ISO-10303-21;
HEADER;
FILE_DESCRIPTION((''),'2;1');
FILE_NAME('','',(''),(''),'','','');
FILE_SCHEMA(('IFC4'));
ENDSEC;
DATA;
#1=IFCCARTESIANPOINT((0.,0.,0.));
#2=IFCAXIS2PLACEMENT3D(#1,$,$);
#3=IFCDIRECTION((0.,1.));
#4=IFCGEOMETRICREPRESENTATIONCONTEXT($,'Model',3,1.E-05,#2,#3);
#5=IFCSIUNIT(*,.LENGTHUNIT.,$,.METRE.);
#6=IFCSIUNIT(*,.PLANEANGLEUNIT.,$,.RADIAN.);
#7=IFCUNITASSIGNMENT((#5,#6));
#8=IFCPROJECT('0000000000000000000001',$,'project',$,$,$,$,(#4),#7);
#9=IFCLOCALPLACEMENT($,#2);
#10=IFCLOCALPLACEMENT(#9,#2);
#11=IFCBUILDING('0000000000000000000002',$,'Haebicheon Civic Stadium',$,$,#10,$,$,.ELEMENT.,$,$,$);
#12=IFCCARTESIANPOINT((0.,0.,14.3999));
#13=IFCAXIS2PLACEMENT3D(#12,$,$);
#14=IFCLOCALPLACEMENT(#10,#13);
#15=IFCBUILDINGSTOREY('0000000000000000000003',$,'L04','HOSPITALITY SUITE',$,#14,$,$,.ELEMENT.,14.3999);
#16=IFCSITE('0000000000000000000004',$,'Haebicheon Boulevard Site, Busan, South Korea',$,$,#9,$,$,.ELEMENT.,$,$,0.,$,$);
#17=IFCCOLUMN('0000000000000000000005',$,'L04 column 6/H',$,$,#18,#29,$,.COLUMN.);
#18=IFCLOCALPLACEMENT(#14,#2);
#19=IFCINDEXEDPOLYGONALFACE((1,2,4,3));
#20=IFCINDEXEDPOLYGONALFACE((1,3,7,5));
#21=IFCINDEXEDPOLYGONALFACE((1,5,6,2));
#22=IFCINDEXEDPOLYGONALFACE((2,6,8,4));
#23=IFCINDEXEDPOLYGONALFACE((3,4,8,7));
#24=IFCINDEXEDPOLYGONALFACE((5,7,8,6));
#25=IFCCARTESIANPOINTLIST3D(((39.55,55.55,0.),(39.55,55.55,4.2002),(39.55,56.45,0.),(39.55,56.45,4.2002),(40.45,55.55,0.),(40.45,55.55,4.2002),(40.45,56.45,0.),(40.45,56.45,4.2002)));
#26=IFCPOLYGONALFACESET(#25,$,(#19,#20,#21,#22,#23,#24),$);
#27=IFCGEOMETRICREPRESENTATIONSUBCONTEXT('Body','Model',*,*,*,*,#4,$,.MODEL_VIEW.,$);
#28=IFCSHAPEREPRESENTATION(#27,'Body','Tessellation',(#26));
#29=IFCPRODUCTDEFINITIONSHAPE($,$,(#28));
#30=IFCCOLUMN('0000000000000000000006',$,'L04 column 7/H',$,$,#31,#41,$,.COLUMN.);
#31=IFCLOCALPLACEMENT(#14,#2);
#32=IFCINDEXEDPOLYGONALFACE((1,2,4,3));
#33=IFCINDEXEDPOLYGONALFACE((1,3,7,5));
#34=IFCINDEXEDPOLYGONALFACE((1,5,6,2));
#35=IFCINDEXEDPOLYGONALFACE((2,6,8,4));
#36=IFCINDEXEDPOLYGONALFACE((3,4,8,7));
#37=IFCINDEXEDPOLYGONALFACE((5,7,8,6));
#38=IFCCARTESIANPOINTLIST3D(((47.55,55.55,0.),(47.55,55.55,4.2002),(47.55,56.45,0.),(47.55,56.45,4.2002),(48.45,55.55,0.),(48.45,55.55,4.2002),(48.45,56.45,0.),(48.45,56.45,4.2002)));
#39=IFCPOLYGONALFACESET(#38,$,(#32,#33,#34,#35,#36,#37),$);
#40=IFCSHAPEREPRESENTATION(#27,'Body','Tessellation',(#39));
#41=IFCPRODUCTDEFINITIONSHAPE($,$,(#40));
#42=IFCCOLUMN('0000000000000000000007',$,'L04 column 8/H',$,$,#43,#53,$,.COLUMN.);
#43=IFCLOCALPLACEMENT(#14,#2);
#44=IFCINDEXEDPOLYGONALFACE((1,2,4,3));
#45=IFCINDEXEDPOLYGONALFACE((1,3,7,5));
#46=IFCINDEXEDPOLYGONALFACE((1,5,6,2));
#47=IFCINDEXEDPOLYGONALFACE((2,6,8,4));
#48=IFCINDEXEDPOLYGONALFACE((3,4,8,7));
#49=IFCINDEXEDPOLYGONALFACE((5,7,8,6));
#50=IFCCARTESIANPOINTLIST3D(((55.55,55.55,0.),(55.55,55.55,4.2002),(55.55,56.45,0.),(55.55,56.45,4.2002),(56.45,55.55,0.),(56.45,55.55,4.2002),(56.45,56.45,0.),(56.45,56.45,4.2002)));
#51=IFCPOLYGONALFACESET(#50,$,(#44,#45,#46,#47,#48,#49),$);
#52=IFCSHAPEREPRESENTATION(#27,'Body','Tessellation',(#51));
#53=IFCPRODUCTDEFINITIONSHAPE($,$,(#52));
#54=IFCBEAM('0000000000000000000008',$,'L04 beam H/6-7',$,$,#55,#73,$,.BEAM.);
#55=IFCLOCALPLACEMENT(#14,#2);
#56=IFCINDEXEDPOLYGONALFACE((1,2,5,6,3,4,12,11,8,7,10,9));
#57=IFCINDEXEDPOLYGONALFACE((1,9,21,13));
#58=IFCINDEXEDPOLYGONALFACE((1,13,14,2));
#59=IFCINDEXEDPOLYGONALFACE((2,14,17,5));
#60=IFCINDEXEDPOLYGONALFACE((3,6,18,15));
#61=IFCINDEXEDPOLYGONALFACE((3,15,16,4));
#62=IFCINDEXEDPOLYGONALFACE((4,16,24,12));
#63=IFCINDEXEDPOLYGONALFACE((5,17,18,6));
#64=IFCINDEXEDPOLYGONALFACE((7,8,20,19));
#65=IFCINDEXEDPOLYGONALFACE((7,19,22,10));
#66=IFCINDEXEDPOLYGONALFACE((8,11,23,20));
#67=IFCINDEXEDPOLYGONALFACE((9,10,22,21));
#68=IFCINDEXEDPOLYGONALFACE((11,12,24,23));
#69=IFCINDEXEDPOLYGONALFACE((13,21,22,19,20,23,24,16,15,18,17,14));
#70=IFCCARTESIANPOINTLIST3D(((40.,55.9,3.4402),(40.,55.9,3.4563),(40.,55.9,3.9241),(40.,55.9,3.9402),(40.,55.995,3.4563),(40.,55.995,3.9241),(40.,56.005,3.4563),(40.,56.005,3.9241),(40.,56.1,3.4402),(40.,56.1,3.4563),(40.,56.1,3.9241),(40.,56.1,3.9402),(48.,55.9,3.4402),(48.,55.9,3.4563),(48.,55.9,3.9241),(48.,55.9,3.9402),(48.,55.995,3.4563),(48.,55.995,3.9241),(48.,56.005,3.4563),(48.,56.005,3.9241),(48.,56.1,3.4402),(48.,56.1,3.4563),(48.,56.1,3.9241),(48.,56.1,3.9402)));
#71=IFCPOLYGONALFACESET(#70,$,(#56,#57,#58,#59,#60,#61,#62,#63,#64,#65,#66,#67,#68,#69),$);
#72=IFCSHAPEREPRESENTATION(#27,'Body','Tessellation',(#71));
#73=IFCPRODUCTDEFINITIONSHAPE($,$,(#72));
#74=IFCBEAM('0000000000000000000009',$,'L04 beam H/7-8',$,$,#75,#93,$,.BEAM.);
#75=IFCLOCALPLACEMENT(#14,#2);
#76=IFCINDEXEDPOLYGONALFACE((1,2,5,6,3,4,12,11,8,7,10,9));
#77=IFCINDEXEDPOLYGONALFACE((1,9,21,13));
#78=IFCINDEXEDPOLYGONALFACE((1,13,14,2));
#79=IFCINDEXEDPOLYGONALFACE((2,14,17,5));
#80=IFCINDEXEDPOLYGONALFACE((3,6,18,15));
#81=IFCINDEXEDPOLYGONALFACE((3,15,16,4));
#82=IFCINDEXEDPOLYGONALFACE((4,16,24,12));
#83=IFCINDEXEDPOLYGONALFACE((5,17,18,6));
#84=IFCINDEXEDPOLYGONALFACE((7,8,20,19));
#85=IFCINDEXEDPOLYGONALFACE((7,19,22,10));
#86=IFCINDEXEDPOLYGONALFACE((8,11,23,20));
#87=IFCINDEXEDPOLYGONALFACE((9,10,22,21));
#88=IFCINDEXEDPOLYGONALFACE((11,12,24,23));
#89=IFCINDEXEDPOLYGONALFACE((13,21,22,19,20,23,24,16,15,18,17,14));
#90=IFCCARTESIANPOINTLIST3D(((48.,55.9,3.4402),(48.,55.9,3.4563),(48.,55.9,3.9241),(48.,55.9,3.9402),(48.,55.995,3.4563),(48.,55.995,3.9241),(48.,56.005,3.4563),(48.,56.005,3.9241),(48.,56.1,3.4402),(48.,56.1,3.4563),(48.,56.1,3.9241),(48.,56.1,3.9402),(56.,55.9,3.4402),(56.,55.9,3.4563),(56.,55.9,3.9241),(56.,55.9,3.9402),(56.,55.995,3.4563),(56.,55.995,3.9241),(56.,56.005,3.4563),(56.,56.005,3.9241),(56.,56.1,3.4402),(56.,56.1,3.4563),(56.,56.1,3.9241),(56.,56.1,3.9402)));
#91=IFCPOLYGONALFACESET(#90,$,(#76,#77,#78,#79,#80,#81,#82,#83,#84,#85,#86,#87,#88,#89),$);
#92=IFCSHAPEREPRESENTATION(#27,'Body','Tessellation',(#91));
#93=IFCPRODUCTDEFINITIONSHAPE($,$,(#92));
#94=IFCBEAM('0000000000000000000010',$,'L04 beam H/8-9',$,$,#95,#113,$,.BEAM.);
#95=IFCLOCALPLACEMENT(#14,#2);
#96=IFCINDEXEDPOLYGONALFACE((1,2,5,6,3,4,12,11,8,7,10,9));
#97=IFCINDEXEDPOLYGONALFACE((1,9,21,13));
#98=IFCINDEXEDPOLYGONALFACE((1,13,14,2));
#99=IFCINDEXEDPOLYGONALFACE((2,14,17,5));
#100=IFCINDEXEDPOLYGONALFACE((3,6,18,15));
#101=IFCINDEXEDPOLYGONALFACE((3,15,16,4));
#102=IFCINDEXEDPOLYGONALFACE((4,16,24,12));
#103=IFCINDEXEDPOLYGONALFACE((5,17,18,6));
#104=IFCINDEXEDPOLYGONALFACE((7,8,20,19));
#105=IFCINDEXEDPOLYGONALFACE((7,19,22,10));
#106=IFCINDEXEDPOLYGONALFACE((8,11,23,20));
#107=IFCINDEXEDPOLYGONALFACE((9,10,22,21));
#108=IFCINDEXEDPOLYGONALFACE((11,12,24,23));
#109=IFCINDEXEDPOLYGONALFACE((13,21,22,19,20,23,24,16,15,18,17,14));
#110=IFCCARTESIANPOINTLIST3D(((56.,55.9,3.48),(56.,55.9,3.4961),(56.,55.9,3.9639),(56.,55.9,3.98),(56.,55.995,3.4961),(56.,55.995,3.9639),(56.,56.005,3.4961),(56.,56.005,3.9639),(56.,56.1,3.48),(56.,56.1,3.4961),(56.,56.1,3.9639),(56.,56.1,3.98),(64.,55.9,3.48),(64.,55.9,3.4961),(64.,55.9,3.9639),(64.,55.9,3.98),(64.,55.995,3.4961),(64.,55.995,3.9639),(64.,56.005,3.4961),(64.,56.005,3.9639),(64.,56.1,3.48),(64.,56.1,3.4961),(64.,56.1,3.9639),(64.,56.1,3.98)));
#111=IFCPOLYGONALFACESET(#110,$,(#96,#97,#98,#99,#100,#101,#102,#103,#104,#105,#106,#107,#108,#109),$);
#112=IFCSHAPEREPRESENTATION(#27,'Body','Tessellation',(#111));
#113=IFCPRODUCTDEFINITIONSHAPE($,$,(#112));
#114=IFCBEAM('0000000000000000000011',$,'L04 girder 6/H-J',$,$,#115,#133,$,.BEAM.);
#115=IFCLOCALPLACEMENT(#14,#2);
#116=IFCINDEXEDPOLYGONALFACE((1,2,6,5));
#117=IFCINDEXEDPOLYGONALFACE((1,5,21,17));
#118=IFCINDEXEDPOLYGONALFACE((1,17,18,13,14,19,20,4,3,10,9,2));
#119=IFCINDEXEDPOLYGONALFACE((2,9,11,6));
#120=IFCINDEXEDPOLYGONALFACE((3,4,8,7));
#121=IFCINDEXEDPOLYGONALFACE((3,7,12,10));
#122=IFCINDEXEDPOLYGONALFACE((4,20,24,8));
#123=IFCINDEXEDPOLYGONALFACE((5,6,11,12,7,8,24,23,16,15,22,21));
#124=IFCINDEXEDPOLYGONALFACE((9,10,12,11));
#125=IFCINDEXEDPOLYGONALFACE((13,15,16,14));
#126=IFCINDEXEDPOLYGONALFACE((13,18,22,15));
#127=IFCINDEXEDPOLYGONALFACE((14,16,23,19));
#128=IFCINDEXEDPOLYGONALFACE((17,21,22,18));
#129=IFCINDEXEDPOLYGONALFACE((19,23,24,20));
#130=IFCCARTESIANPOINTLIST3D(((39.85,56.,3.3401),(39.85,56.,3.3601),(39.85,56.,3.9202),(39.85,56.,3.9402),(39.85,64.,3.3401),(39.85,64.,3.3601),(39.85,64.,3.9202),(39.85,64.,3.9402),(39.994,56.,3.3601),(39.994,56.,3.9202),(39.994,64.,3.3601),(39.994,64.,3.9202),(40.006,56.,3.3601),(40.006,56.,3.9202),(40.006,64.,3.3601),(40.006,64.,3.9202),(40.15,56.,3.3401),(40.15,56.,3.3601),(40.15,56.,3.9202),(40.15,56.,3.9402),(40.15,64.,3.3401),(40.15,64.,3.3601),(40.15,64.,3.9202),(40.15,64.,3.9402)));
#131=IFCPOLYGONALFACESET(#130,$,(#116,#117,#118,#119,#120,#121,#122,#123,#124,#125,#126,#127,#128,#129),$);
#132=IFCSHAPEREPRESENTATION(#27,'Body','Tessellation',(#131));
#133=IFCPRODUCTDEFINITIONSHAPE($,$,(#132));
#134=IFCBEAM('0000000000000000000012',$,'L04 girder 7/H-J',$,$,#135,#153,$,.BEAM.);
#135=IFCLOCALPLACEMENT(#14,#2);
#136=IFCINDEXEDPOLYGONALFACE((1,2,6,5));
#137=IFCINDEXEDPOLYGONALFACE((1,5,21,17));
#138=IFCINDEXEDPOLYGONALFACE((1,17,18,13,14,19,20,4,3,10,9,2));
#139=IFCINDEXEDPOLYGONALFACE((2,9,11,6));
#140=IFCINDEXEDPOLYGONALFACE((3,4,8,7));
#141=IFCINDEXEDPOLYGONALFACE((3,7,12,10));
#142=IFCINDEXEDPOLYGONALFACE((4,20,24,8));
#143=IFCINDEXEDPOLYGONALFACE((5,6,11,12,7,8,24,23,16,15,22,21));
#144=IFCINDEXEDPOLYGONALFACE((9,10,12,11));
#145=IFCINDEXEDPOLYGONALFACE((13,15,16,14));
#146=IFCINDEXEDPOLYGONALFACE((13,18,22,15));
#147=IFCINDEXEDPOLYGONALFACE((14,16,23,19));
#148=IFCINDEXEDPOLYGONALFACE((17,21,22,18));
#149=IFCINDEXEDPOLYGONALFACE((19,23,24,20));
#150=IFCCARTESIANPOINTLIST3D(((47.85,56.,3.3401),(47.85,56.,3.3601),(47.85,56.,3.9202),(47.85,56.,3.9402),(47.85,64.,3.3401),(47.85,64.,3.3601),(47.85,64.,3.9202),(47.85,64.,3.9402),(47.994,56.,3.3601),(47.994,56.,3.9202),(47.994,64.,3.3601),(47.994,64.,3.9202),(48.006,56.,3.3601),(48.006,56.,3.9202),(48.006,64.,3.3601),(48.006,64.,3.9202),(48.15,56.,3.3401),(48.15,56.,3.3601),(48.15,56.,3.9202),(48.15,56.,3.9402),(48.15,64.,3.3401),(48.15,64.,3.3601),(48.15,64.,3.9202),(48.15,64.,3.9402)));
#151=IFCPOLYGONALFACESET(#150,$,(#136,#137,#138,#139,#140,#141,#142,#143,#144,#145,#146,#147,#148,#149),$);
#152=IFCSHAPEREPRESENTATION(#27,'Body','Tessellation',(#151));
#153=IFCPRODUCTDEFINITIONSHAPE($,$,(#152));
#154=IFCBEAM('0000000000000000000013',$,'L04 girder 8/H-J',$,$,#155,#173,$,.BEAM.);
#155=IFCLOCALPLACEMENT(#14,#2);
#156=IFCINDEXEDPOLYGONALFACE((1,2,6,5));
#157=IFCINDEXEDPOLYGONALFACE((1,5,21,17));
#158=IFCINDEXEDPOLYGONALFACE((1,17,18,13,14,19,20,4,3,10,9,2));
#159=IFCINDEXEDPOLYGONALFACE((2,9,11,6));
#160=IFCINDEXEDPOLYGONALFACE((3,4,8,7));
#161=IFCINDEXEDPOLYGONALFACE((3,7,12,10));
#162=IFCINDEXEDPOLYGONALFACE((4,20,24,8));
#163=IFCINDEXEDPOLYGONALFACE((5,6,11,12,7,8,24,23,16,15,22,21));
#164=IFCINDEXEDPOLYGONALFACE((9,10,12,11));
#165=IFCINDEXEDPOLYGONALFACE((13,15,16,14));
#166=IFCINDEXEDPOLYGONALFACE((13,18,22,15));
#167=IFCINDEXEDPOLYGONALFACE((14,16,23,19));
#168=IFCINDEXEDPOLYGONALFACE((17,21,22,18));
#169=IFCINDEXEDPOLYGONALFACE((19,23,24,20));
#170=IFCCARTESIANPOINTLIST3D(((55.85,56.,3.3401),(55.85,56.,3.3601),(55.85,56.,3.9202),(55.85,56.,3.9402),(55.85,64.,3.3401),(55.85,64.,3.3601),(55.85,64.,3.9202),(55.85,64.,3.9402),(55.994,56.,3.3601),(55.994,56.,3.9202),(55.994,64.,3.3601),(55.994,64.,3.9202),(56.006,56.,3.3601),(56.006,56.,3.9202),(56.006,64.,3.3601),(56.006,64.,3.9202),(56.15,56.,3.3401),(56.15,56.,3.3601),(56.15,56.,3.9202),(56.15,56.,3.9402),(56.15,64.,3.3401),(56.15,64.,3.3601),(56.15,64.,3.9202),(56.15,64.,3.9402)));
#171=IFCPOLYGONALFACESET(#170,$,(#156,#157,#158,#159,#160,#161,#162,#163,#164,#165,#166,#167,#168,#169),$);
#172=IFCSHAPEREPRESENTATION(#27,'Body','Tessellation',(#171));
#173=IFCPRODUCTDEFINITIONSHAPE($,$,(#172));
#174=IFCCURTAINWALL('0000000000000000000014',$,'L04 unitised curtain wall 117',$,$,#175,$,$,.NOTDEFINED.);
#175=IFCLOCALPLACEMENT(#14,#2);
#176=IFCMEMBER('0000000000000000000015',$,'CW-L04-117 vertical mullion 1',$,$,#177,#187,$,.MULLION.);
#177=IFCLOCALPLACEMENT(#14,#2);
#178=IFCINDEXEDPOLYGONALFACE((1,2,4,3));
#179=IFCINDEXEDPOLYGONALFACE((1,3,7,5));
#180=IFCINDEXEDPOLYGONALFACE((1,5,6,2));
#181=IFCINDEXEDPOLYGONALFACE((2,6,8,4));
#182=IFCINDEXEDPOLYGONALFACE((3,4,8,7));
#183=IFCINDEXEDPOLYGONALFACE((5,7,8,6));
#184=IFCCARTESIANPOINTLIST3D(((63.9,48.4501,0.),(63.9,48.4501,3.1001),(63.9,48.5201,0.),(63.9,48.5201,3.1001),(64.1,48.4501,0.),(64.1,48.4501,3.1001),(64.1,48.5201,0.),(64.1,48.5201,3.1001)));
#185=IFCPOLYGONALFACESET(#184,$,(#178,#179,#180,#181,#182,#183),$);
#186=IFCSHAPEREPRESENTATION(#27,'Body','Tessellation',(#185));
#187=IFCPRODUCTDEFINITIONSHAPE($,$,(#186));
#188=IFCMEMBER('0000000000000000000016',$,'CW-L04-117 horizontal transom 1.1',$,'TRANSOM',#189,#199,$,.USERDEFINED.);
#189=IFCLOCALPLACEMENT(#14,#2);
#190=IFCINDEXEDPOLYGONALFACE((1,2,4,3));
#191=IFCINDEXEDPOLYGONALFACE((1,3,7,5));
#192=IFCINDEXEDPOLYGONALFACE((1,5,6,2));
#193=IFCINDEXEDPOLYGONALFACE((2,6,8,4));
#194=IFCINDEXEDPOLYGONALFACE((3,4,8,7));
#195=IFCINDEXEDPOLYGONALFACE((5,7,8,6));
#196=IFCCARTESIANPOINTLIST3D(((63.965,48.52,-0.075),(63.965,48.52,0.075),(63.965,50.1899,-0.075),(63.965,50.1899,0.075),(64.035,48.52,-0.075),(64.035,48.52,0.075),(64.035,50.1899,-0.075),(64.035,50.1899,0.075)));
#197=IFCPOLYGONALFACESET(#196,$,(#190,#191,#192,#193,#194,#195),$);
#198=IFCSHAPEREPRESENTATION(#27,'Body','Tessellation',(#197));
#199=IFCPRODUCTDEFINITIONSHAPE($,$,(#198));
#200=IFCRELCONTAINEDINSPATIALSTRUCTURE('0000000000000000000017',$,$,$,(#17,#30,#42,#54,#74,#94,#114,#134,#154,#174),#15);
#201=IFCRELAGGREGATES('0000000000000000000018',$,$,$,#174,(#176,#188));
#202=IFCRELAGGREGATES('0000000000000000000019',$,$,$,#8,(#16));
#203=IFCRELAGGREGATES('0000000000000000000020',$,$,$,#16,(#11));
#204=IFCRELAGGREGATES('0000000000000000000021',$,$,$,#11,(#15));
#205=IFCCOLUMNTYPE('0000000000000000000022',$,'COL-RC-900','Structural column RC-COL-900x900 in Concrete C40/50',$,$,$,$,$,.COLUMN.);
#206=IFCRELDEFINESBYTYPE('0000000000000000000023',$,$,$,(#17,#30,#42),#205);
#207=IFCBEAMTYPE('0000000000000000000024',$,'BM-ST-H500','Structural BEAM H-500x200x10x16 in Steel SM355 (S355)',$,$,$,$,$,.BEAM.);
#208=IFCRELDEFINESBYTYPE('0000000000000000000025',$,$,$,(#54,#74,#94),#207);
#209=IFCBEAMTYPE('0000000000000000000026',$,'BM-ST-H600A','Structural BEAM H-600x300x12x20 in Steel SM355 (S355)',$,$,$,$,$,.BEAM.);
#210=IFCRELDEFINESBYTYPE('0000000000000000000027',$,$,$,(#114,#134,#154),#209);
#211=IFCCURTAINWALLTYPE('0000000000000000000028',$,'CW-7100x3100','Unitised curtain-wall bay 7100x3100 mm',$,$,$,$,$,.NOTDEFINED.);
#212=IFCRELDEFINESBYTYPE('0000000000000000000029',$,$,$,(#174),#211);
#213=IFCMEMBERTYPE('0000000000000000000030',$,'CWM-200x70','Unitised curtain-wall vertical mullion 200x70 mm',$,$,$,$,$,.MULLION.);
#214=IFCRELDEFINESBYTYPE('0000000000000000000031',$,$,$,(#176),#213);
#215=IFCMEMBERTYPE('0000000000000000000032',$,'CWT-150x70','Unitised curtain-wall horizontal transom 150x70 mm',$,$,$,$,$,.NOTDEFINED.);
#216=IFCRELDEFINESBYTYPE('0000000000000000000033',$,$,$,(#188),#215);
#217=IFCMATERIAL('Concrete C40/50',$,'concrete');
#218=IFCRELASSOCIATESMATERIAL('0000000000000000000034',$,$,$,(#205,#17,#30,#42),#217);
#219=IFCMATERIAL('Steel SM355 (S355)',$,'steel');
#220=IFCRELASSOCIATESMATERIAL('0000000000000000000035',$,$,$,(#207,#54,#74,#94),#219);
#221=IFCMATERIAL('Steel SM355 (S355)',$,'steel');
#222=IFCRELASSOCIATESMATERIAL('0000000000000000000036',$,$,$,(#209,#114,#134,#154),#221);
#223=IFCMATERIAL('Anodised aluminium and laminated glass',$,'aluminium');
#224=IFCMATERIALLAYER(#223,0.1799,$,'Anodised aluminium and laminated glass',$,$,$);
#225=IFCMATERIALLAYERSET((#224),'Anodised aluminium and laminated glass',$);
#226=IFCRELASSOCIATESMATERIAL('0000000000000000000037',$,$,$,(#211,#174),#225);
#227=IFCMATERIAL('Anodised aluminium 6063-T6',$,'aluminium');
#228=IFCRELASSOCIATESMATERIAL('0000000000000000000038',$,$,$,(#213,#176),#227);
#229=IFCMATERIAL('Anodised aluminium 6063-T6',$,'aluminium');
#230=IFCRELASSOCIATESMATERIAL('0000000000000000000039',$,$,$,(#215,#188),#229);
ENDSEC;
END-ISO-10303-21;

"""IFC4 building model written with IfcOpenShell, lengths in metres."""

from ifc_helpers import new_model, si_unit, direction, frame, origin, origin_2d, place, context, subcontext, project, spatial, rectangle, i_section, extrude, material, layer, layer_set, material_profile, profile_set, type_object, element, aggregate, save


model = new_model("IFC4")

# Units and contexts
model_context = context("Model", 3, precision=1e-05, world=origin(), true_north=direction((0.0, 1.0)))
body_context = subcontext(model_context, "Body", "Model", "MODEL_VIEW")
ifc_project = project(units=[si_unit("LENGTHUNIT", "METRE"), si_unit("PLANEANGLEUNIT", "RADIAN")], contexts=[model_context])

# Site, building, storey
site_placement = place(None, origin())
site = spatial("IfcSite", under=ifc_project, at=site_placement, Name="Haebicheon Boulevard Site, Busan, South Korea", CompositionType="ELEMENT", RefElevation=0.0)
building_placement = place(site_placement, origin())
building = spatial("IfcBuilding", under=site, at=building_placement, Name="Haebicheon Civic Stadium", CompositionType="ELEMENT")
storey_placement = place(building_placement, frame((0.0, 0.0, 14.3999)))
storey = spatial("IfcBuildingStorey", under=building, at=storey_placement, Name="L04", Description="HOSPITALITY SUITE", CompositionType="ELEMENT", Elevation=14.3999)

# Columns
ifc_material_1 = material(Name="Concrete C40/50", Category="concrete")
ifc_material_profile_1 = material_profile(ifc_material_1, rectangle(XDim=0.8999, YDim=0.8999, at=origin_2d()), Name="RC-COL-900x900")
ifc_profile_set_1 = profile_set([ifc_material_profile_1], Name="Concrete C40/50")
column_type = type_object("IfcColumnType", Name="COL-RC-900", Description="Structural column RC-COL-900x900 in Concrete C40/50", PredefinedType="COLUMN", material=ifc_profile_set_1)
for number, where, z_axis, x_axis, name in (
    (1, (40.0, 56.0, 0.0), (0.0, 0.0, 1.0), (1.0, 0.0, 0.0), "L04 column 6/H"),
    (2, (48.0, 56.0, 0.0), (0.0, 0.0, 1.0), (1.0, 0.0, 0.0), "L04 column 7/H"),
    (3, (56.0, 56.0, 0.0), (0.0, 0.0, 1.0), (1.0, 0.0, 0.0), "L04 column 8/H"),
):
    element("IfcColumn", number, at=place(storey_placement, frame(where, z_axis=z_axis, x_axis=x_axis)), inside=storey, type_object=column_type, material=ifc_profile_set_1, Name=name, PredefinedType="COLUMN", context=body_context, shape_type="SweptSolid", body=[
        extrude(rectangle(XDim=0.8999, YDim=0.8999, at=origin_2d()), origin(), (0.0, 0.0, 1.0), 4.2002),
    ])

# Beams
ifc_material_2 = material(Name="Steel SM355 (S355)", Category="steel")
ifc_material_profile_2 = material_profile(ifc_material_2, i_section(OverallWidth=0.2, OverallDepth=0.5, WebThickness=0.01, FlangeThickness=0.0161, at=origin_2d()), Name="H-500x200x10x16")
ifc_profile_set_2 = profile_set([ifc_material_profile_2], Name="Steel SM355 (S355)")
beam_type_1 = type_object("IfcBeamType", Name="BM-ST-H500", Description="Structural BEAM H-500x200x10x16 in Steel SM355 (S355)", PredefinedType="BEAM", material=ifc_profile_set_2)
for number, where, z_axis, x_axis, name in (
    (4, (40.0, 56.0, 3.6902), (1.0, 0.0, 0.0), (0.0, 1.0, 0.0), "L04 beam H/6-7"),
    (5, (48.0, 56.0, 3.6902), (1.0, 0.0, 0.0), (0.0, 1.0, 0.0), "L04 beam H/7-8"),
    (6, (56.0, 56.0, 3.73), (1.0, 0.0, 0.0), (0.0, 1.0, 0.0), "L04 beam H/8-9"),
):
    element("IfcBeam", number, at=place(storey_placement, frame(where, z_axis=z_axis, x_axis=x_axis)), inside=storey, type_object=beam_type_1, material=ifc_profile_set_2, Name=name, PredefinedType="BEAM", context=body_context, shape_type="SweptSolid", body=[
        extrude(i_section(OverallWidth=0.2, OverallDepth=0.5, WebThickness=0.01, FlangeThickness=0.0161, at=origin_2d()), origin(), (0.0, 0.0, 1.0), 8.0),
    ])
ifc_material_3 = material(Name="Steel SM355 (S355)", Category="steel")
ifc_material_profile_3 = material_profile(ifc_material_3, i_section(OverallWidth=0.3, OverallDepth=0.6001, WebThickness=0.012, FlangeThickness=0.02, at=origin_2d()), Name="H-600x300x12x20")
ifc_profile_set_3 = profile_set([ifc_material_profile_3], Name="Steel SM355 (S355)")
beam_type_2 = type_object("IfcBeamType", Name="BM-ST-H600A", Description="Structural BEAM H-600x300x12x20 in Steel SM355 (S355)", PredefinedType="BEAM", material=ifc_profile_set_3)
for number, where, z_axis, x_axis, name in (
    (7, (40.0, 56.0, 3.6401), (0.0, 1.0, 0.0), (-1.0, 0.0, 0.0), "L04 girder 6/H-J"),
    (8, (48.0, 56.0, 3.6401), (0.0, 1.0, 0.0), (-1.0, 0.0, 0.0), "L04 girder 7/H-J"),
    (9, (56.0, 56.0, 3.6401), (0.0, 1.0, 0.0), (-1.0, 0.0, 0.0), "L04 girder 8/H-J"),
):
    element("IfcBeam", number, at=place(storey_placement, frame(where, z_axis=z_axis, x_axis=x_axis)), inside=storey, type_object=beam_type_2, material=ifc_profile_set_3, Name=name, PredefinedType="BEAM", context=body_context, shape_type="SweptSolid", body=[
        extrude(i_section(OverallWidth=0.3, OverallDepth=0.6001, WebThickness=0.012, FlangeThickness=0.02, at=origin_2d()), origin(), (0.0, 0.0, 1.0), 8.0),
    ])

# Curtain wall, members
ifc_material_4 = material(Name="Anodised aluminium and laminated glass", Category="aluminium")
ifc_layer_1 = layer(ifc_material_4, 0.1799, Name="Anodised aluminium and laminated glass")
ifc_layer_set_1 = layer_set([ifc_layer_1], Name="Anodised aluminium and laminated glass")
curtain_wall_type = type_object("IfcCurtainWallType", Name="CW-7100x3100", Description="Unitised curtain-wall bay 7100x3100 mm", PredefinedType="NOTDEFINED", material=ifc_layer_set_1)
curtain_wall_placement = place(storey_placement, origin())
curtain_wall = element("IfcCurtainWall", 10, at=curtain_wall_placement, inside=storey, type_object=curtain_wall_type, material=ifc_layer_set_1, Name="L04 unitised curtain wall 117", PredefinedType="NOTDEFINED")
ifc_material_5 = material(Name="Anodised aluminium 6063-T6", Category="aluminium")
ifc_material_profile_4 = material_profile(ifc_material_5, rectangle(XDim=0.0701, YDim=0.2, at=origin_2d()), Name="ALU-MULL-70x200")
ifc_profile_set_4 = profile_set([ifc_material_profile_4], Name="Anodised aluminium 6063-T6")
member_type_1 = type_object("IfcMemberType", Name="CWM-200x70", Description="Unitised curtain-wall vertical mullion 200x70 mm", PredefinedType="MULLION", material=ifc_profile_set_4)
member_1_placement = place(storey_placement, frame((64.0, 48.4851, 0.0), z_axis=(0.0, 0.0, 1.0), x_axis=(0.0, 1.0, 0.0)))
member_1 = element("IfcMember", 11, at=member_1_placement, type_object=member_type_1, material=ifc_profile_set_4, Name="CW-L04-117 vertical mullion 1", PredefinedType="MULLION", context=body_context, shape_type="SweptSolid", body=[
    extrude(rectangle(XDim=0.0701, YDim=0.2, at=origin_2d()), origin(), (0.0, 0.0, 1.0), 3.1001),
])
ifc_material_6 = material(Name="Anodised aluminium 6063-T6", Category="aluminium")
ifc_material_profile_5 = material_profile(ifc_material_6, rectangle(XDim=0.0701, YDim=0.1499, at=origin_2d()), Name="ALU-TRAN-70x150")
ifc_profile_set_5 = profile_set([ifc_material_profile_5], Name="Anodised aluminium 6063-T6")
member_type_2 = type_object("IfcMemberType", Name="CWT-150x70", Description="Unitised curtain-wall horizontal transom 150x70 mm", PredefinedType="NOTDEFINED", material=ifc_profile_set_5)
member_2_placement = place(storey_placement, frame((64.0, 48.52, 0.0), z_axis=(0.0, 1.0, 0.0), x_axis=(-1.0, 0.0, 0.0)))
member_2 = element("IfcMember", 12, at=member_2_placement, type_object=member_type_2, material=ifc_profile_set_5, Name="CW-L04-117 horizontal transom 1.1", ObjectType="TRANSOM", PredefinedType="USERDEFINED", context=body_context, shape_type="SweptSolid", body=[
    extrude(rectangle(XDim=0.0701, YDim=0.1499, at=origin_2d()), origin(), (0.0, 0.0, 1.0), 1.6699),
])
aggregate(curtain_wall, [member_1, member_2])

save(model, "model.ifc")
